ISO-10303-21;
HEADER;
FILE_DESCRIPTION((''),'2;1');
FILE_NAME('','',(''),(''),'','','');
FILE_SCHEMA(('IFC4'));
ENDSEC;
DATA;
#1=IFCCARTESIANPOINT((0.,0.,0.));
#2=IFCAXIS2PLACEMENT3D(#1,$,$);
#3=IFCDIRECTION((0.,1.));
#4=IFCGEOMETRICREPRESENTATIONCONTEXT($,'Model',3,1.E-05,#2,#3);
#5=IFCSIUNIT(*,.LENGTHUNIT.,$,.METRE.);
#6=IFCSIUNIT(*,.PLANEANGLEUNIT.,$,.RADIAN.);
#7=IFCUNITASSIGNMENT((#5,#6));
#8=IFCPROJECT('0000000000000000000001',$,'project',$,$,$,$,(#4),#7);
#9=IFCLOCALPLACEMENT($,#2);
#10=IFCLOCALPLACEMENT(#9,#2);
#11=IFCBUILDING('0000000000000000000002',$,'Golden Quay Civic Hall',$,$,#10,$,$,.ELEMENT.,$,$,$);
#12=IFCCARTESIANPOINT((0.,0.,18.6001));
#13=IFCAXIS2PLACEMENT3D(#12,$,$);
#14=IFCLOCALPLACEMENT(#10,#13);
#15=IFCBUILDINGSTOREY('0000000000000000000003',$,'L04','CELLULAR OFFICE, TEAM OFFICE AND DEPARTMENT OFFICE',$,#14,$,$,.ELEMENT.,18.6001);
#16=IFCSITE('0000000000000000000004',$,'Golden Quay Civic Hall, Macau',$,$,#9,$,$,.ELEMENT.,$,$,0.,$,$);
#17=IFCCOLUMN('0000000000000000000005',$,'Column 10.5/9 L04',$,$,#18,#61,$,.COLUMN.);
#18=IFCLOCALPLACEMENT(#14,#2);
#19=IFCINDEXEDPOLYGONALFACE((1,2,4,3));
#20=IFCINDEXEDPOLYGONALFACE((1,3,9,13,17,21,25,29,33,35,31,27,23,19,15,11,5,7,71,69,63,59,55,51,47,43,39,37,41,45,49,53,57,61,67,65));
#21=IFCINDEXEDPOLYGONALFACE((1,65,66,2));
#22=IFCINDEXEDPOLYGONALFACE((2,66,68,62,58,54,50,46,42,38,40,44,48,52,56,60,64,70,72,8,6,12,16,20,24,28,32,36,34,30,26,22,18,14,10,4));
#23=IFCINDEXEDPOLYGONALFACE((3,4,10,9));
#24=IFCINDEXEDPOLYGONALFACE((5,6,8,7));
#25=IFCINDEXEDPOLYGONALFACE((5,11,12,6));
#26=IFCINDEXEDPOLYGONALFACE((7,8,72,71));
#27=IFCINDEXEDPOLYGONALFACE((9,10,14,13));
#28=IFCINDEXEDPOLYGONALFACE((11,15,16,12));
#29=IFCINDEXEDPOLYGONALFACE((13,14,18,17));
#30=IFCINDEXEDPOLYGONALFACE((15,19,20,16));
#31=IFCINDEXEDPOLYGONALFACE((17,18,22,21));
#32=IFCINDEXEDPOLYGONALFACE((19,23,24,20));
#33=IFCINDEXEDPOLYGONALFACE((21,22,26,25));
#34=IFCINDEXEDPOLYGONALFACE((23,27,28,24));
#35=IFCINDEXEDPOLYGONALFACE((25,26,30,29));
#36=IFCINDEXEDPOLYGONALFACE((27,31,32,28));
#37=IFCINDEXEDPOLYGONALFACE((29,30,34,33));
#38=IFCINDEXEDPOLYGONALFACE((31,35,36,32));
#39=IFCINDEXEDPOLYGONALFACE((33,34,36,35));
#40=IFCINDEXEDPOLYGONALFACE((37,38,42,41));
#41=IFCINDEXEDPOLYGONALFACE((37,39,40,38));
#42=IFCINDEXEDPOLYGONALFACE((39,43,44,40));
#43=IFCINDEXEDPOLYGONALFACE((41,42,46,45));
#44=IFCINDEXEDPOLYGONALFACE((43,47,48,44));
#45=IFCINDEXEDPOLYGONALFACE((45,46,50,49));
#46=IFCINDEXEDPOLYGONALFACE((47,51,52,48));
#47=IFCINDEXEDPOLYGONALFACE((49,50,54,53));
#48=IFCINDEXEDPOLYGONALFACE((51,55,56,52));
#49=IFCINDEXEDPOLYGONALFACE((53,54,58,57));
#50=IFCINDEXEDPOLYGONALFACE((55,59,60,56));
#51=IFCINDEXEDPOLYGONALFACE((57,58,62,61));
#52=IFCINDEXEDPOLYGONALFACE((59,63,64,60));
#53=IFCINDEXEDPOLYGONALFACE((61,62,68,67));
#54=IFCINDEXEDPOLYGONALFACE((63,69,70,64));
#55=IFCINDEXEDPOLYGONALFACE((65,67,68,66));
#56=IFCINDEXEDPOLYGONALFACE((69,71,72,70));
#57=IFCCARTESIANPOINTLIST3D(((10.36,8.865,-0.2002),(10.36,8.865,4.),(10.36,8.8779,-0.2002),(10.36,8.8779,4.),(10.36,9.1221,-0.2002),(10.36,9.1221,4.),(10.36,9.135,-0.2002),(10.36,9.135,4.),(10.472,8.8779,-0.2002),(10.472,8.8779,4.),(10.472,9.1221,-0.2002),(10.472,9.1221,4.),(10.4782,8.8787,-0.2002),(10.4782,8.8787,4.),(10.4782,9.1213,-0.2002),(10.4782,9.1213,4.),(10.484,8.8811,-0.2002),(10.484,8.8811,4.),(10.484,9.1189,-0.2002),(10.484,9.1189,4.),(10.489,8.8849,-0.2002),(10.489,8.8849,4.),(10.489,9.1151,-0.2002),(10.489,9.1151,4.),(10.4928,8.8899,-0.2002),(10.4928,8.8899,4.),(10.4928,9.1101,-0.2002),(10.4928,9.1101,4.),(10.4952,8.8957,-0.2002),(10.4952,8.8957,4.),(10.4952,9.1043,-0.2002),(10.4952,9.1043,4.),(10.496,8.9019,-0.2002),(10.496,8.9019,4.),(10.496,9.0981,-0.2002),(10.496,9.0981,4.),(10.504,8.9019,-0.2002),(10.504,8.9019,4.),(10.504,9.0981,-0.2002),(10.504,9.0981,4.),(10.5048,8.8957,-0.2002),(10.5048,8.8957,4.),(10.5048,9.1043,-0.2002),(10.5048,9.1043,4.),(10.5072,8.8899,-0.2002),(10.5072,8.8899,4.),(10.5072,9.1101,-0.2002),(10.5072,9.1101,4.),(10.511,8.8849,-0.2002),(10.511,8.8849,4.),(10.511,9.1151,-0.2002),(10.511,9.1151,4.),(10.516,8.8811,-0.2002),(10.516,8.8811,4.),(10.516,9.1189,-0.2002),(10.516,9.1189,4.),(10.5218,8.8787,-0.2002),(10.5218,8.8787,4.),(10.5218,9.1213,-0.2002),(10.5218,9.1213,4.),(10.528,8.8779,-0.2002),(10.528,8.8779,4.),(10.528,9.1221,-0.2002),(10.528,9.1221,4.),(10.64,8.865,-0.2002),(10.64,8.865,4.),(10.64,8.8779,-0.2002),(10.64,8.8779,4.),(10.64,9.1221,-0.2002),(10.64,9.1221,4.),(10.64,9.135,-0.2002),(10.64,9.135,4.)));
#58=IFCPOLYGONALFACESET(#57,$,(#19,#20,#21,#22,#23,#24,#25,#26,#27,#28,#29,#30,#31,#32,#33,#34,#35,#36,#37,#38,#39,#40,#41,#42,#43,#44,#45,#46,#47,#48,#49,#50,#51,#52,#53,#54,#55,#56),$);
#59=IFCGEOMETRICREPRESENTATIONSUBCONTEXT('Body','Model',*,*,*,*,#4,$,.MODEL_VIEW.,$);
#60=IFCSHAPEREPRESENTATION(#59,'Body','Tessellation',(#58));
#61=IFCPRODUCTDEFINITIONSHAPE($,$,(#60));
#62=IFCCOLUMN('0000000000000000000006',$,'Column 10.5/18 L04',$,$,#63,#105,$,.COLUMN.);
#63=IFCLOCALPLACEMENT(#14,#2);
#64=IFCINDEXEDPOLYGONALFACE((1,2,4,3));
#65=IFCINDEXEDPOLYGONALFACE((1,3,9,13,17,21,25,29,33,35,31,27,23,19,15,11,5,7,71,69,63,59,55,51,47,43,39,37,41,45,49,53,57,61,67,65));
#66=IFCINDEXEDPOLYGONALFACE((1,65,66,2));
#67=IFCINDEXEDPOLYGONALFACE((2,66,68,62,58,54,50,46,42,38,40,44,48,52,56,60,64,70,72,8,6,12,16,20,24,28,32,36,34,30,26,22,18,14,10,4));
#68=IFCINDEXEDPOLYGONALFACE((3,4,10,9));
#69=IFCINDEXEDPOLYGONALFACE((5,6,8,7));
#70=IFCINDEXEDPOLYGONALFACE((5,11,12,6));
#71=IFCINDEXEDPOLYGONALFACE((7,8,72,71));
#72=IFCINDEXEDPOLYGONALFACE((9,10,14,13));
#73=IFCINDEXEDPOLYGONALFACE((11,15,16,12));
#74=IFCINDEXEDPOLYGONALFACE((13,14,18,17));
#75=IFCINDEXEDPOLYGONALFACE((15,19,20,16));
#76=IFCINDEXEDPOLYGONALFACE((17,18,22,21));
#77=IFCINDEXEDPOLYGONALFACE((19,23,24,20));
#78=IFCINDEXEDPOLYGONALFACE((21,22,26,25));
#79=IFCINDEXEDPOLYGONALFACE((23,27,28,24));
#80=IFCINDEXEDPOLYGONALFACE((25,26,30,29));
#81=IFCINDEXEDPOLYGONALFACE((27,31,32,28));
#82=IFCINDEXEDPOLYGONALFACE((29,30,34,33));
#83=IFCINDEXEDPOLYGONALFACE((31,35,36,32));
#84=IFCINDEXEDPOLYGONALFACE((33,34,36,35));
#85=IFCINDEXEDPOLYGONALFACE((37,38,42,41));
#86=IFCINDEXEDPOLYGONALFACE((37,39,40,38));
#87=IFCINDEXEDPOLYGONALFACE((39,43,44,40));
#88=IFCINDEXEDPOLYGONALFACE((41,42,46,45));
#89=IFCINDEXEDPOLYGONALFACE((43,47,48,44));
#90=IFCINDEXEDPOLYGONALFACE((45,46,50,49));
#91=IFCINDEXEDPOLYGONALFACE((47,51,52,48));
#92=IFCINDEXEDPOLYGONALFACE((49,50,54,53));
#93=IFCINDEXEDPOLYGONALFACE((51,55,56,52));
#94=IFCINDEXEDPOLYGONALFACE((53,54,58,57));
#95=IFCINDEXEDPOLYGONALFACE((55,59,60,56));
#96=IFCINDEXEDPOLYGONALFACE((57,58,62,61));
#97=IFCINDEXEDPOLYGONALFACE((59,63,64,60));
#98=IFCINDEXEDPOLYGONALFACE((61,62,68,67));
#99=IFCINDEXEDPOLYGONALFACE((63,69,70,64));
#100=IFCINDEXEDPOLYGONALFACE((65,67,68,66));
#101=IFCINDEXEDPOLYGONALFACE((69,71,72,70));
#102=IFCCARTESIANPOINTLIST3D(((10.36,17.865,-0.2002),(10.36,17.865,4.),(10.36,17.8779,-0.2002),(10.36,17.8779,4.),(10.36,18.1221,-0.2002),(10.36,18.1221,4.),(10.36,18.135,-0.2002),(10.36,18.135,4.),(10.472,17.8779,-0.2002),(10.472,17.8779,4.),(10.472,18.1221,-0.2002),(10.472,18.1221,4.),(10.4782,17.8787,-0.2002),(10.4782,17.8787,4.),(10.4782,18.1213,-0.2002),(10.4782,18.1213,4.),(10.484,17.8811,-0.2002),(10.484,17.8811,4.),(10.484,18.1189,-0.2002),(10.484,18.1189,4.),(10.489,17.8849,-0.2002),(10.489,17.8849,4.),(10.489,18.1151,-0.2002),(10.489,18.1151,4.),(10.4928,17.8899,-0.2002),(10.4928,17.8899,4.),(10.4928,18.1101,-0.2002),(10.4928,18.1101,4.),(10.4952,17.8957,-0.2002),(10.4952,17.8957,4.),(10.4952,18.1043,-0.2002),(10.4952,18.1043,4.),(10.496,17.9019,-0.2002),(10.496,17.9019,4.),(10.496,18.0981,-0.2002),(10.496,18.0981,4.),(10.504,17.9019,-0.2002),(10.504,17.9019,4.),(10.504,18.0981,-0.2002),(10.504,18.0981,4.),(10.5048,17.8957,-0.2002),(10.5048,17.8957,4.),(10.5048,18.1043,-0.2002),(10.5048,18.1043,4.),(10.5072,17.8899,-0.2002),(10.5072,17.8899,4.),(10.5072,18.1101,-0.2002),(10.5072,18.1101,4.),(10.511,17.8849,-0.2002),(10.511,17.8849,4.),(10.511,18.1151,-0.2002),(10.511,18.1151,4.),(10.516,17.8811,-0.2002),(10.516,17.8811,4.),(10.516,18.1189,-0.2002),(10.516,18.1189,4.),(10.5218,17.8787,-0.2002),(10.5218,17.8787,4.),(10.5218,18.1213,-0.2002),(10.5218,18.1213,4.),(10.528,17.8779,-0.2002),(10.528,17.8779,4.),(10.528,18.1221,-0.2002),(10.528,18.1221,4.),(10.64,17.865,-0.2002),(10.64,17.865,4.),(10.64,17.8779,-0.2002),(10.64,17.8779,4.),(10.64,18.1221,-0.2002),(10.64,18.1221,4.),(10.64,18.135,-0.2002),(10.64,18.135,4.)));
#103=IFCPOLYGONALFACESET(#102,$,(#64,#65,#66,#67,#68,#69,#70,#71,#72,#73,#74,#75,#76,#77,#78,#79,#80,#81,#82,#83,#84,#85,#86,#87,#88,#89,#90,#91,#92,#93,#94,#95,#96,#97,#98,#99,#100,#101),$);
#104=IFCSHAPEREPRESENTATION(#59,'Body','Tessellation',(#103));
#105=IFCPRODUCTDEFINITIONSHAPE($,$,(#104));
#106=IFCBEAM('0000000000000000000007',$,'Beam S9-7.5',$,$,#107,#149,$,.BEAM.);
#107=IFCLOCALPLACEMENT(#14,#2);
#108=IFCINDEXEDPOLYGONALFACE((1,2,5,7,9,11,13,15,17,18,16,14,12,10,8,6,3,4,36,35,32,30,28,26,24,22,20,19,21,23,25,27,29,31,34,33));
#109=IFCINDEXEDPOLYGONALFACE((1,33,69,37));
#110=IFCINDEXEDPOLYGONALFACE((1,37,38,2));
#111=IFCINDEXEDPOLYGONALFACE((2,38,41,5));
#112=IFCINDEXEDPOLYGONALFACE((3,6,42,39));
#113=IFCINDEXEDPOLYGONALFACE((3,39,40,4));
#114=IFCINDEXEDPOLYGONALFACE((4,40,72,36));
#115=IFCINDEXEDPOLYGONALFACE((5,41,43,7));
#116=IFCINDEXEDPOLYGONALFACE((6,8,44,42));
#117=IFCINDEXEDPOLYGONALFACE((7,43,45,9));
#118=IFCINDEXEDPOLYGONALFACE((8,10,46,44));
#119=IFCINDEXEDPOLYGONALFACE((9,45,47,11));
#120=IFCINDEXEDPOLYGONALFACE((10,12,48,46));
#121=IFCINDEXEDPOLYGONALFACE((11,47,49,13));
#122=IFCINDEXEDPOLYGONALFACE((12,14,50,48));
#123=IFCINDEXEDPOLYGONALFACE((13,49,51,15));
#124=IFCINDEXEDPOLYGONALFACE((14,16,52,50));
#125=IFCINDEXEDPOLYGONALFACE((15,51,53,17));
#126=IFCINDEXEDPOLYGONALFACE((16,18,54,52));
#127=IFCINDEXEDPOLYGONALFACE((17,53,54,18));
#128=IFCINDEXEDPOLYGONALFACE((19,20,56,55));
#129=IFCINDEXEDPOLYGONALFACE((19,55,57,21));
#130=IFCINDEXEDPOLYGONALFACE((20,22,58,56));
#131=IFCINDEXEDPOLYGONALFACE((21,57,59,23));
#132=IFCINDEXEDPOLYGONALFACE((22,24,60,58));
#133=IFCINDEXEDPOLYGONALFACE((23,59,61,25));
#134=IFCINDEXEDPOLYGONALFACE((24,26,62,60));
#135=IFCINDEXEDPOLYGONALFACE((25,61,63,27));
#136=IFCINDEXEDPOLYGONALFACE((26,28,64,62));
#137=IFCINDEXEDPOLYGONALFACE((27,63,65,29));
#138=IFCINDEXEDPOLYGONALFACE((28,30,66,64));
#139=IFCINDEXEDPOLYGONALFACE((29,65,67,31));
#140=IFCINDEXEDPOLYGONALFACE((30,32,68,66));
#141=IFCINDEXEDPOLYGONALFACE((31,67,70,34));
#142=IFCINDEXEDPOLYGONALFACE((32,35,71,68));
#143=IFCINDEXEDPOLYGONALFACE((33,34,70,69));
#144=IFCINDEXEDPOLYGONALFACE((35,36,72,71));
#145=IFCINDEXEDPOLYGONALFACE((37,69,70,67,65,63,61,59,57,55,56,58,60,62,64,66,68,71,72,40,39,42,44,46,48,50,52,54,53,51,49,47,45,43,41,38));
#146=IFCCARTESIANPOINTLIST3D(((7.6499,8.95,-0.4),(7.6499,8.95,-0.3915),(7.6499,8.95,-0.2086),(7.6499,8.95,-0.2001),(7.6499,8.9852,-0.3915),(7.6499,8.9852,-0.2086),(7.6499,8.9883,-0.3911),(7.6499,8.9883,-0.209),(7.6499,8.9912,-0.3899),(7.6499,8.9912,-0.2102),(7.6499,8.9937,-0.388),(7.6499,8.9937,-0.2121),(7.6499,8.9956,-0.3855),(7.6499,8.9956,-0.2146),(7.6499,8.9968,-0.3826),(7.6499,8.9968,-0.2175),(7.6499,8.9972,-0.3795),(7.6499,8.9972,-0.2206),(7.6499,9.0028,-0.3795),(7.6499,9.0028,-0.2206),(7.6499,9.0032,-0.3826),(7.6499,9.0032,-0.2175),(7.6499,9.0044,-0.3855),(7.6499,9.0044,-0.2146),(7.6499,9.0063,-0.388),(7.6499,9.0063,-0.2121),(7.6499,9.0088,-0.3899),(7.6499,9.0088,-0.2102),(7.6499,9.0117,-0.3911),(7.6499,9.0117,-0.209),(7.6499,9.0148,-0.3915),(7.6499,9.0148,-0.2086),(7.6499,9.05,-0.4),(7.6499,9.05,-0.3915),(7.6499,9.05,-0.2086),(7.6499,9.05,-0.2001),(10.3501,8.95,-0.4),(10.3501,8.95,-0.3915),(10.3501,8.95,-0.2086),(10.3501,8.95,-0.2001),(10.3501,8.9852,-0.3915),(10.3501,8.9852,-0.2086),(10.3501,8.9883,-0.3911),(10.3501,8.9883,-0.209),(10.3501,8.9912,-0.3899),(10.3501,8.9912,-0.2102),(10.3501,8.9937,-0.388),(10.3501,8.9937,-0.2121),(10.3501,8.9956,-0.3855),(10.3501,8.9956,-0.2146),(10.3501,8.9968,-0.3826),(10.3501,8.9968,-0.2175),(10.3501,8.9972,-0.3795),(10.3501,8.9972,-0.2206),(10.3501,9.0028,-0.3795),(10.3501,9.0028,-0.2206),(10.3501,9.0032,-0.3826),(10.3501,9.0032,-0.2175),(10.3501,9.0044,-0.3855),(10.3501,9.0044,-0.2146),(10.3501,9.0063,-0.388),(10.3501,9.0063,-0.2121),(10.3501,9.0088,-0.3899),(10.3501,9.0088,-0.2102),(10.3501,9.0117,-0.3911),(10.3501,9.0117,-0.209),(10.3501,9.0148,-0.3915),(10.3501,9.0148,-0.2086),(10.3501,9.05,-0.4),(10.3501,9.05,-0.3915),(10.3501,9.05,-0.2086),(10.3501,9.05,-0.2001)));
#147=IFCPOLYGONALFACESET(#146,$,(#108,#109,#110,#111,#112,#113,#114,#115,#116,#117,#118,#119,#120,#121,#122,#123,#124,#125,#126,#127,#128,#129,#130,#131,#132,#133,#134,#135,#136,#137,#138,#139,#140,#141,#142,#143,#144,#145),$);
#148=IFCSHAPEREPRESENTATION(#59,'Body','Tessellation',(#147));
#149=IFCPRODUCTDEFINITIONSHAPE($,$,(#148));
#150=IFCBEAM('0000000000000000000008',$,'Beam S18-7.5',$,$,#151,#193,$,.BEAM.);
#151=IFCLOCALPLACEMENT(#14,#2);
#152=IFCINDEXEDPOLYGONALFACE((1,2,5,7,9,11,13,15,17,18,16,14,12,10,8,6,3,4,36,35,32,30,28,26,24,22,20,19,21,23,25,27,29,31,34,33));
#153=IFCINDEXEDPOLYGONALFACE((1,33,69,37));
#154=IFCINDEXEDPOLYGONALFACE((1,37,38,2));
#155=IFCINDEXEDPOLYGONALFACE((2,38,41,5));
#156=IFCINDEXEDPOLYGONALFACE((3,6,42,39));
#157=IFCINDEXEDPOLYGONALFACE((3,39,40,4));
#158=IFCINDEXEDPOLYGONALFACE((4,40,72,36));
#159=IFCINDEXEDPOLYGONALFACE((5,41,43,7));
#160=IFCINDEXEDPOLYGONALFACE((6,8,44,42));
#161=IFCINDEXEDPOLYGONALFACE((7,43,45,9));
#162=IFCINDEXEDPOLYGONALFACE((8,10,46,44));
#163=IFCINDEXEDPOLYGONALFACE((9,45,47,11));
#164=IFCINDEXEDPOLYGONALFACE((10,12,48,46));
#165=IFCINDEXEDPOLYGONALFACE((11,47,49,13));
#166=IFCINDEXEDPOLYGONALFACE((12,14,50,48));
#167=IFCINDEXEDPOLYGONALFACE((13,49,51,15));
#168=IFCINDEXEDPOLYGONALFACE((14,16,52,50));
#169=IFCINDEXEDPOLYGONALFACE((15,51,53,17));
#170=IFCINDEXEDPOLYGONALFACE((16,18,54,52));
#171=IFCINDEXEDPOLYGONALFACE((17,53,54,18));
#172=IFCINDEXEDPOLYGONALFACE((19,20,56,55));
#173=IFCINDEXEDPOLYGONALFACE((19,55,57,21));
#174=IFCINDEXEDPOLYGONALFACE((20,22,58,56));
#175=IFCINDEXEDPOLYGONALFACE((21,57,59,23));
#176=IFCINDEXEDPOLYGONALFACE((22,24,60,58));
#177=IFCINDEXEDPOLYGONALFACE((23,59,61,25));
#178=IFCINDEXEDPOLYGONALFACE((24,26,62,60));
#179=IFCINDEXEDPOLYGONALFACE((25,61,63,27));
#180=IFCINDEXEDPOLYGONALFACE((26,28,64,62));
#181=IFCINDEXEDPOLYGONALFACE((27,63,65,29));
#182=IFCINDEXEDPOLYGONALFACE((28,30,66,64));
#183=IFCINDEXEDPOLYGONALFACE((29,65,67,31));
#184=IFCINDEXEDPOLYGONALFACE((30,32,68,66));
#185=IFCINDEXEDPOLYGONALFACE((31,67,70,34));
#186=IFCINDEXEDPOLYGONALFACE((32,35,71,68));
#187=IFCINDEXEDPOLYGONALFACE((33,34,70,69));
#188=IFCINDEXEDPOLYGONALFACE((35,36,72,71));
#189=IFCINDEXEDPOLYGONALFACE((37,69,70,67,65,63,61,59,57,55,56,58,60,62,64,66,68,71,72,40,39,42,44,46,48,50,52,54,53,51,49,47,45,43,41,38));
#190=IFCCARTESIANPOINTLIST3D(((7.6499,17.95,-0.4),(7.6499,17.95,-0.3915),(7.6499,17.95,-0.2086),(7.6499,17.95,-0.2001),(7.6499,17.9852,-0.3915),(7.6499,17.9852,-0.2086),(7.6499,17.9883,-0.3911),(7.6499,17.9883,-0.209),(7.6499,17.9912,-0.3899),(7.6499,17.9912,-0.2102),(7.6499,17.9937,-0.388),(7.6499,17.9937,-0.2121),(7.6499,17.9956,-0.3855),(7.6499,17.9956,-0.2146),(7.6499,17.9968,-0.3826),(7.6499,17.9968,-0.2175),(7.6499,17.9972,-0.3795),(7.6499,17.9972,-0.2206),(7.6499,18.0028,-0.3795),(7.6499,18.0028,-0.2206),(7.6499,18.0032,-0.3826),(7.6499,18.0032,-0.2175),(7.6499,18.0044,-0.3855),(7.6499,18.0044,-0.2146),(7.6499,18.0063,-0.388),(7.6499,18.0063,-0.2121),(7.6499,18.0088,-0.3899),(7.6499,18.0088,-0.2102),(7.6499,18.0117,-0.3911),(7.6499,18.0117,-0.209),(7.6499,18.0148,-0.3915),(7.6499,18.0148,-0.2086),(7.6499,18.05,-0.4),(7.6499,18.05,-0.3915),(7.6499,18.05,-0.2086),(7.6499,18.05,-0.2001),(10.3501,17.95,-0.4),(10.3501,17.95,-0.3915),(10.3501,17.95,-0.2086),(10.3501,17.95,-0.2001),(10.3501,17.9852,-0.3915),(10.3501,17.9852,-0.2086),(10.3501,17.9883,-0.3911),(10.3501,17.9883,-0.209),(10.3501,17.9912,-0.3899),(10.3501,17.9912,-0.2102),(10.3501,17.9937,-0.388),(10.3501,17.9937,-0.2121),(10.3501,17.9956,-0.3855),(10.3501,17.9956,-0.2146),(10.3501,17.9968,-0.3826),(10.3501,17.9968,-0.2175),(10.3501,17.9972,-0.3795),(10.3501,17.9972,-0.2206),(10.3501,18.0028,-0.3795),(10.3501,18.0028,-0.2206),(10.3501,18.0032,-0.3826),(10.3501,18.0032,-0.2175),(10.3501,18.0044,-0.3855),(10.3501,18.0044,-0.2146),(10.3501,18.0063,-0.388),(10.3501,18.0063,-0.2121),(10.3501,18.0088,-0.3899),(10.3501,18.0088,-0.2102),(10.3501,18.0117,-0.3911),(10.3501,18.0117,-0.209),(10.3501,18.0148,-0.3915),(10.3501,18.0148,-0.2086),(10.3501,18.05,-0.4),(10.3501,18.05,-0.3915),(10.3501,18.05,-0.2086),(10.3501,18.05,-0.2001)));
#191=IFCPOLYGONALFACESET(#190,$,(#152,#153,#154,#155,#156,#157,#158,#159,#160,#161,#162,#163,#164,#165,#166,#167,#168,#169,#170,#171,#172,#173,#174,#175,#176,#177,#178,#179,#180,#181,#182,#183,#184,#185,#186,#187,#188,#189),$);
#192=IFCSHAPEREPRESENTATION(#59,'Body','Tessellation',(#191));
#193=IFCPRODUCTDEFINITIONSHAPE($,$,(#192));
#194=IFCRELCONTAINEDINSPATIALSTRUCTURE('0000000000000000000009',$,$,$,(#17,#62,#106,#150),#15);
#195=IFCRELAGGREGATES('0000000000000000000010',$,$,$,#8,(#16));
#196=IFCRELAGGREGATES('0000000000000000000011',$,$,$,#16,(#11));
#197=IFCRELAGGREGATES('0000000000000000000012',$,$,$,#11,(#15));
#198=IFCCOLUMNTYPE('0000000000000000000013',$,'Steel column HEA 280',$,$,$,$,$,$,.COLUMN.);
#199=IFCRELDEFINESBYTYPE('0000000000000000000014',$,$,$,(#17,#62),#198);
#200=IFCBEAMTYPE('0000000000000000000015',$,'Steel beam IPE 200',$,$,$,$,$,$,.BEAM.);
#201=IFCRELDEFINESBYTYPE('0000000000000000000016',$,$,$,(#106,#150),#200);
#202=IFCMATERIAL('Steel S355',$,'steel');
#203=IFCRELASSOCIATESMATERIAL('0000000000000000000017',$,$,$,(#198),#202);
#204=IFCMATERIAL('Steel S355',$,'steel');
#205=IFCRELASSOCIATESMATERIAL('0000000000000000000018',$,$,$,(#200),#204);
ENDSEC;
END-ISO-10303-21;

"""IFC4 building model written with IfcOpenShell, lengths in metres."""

from ifc_helpers import new_model, si_unit, direction, frame, origin, origin_2d, place, context, subcontext, project, spatial, i_section, extrude, material, material_profile, profile_set, type_object, element, save


model = new_model("IFC4")

# Units and contexts
model_context = context("Model", 3, precision=1e-05, world=origin(), true_north=direction((0.0, 1.0)))
body_context = subcontext(model_context, "Body", "Model", "MODEL_VIEW")
ifc_project = project(units=[si_unit("LENGTHUNIT", "METRE"), si_unit("PLANEANGLEUNIT", "RADIAN")], contexts=[model_context])

# Site, building, storey
site_placement = place(None, origin())
site = spatial("IfcSite", under=ifc_project, at=site_placement, Name="Golden Quay Civic Hall, Macau", CompositionType="ELEMENT", RefElevation=0.0)
building_placement = place(site_placement, origin())
building = spatial("IfcBuilding", under=site, at=building_placement, Name="Golden Quay Civic Hall", CompositionType="ELEMENT")
storey_placement = place(building_placement, frame((0.0, 0.0, 18.6001)))
storey = spatial("IfcBuildingStorey", under=building, at=storey_placement, Name="L04", Description="CELLULAR OFFICE, TEAM OFFICE AND DEPARTMENT OFFICE", CompositionType="ELEMENT", Elevation=18.6001)

# Columns
ifc_material_1 = material(Name="Steel S355", Category="steel")
ifc_material_profile_1 = material_profile(ifc_material_1, i_section(OverallWidth=0.28, OverallDepth=0.27, WebThickness=0.0081, FlangeThickness=0.0129, FilletRadius=0.0239, at=origin_2d()), Name="HEA 280")
ifc_profile_set_1 = profile_set([ifc_material_profile_1], Name="Steel S355")
column_type = type_object("IfcColumnType", Name="Steel column HEA 280", PredefinedType="COLUMN", material=ifc_profile_set_1)
for number, where, z_axis, x_axis, name in (
    (1, (10.5, 9.0, -0.2002), (0.0, 0.0, 1.0), (1.0, 0.0, 0.0), "Column 10.5/9 L04"),
    (2, (10.5, 18.0, -0.2002), (0.0, 0.0, 1.0), (1.0, 0.0, 0.0), "Column 10.5/18 L04"),
):
    element("IfcColumn", number, at=place(storey_placement, frame(where, z_axis=z_axis, x_axis=x_axis)), inside=storey, type_object=column_type, Name=name, PredefinedType="COLUMN", context=body_context, shape_type="SweptSolid", body=[
        extrude(i_section(OverallWidth=0.28, OverallDepth=0.27, WebThickness=0.0081, FlangeThickness=0.0129, FilletRadius=0.0239, at=origin_2d()), origin(), (0.0, 0.0, 1.0), 4.2002),
    ])

# Beams
ifc_material_2 = material(Name="Steel S355", Category="steel")
ifc_material_profile_2 = material_profile(ifc_material_2, i_section(OverallWidth=0.1001, OverallDepth=0.2, WebThickness=0.0056, FlangeThickness=0.0085, FilletRadius=0.012, at=origin_2d()), Name="IPE 200")
ifc_profile_set_2 = profile_set([ifc_material_profile_2], Name="Steel S355")
beam_type_1 = type_object("IfcBeamType", Name="Steel beam IPE 200", PredefinedType="BEAM", material=ifc_profile_set_2)
for number, where, z_axis, x_axis, name in (
    (3, (7.6499, 9.0, -0.3), (1.0, 0.0, 0.0), (0.0, 1.0, 0.0), "Beam S9-7.5"),
    (4, (7.6499, 18.0, -0.3), (1.0, 0.0, 0.0), (0.0, 1.0, 0.0), "Beam S18-7.5"),
):
    element("IfcBeam", number, at=place(storey_placement, frame(where, z_axis=z_axis, x_axis=x_axis)), inside=storey, type_object=beam_type_1, Name=name, PredefinedType="BEAM", context=body_context, shape_type="SweptSolid", body=[
        extrude(i_section(OverallWidth=0.1001, OverallDepth=0.2, WebThickness=0.0056, FlangeThickness=0.0085, FilletRadius=0.012, at=origin_2d()), origin(), (0.0, 0.0, 1.0), 2.7002),
    ])

save(model, "model.ifc")
